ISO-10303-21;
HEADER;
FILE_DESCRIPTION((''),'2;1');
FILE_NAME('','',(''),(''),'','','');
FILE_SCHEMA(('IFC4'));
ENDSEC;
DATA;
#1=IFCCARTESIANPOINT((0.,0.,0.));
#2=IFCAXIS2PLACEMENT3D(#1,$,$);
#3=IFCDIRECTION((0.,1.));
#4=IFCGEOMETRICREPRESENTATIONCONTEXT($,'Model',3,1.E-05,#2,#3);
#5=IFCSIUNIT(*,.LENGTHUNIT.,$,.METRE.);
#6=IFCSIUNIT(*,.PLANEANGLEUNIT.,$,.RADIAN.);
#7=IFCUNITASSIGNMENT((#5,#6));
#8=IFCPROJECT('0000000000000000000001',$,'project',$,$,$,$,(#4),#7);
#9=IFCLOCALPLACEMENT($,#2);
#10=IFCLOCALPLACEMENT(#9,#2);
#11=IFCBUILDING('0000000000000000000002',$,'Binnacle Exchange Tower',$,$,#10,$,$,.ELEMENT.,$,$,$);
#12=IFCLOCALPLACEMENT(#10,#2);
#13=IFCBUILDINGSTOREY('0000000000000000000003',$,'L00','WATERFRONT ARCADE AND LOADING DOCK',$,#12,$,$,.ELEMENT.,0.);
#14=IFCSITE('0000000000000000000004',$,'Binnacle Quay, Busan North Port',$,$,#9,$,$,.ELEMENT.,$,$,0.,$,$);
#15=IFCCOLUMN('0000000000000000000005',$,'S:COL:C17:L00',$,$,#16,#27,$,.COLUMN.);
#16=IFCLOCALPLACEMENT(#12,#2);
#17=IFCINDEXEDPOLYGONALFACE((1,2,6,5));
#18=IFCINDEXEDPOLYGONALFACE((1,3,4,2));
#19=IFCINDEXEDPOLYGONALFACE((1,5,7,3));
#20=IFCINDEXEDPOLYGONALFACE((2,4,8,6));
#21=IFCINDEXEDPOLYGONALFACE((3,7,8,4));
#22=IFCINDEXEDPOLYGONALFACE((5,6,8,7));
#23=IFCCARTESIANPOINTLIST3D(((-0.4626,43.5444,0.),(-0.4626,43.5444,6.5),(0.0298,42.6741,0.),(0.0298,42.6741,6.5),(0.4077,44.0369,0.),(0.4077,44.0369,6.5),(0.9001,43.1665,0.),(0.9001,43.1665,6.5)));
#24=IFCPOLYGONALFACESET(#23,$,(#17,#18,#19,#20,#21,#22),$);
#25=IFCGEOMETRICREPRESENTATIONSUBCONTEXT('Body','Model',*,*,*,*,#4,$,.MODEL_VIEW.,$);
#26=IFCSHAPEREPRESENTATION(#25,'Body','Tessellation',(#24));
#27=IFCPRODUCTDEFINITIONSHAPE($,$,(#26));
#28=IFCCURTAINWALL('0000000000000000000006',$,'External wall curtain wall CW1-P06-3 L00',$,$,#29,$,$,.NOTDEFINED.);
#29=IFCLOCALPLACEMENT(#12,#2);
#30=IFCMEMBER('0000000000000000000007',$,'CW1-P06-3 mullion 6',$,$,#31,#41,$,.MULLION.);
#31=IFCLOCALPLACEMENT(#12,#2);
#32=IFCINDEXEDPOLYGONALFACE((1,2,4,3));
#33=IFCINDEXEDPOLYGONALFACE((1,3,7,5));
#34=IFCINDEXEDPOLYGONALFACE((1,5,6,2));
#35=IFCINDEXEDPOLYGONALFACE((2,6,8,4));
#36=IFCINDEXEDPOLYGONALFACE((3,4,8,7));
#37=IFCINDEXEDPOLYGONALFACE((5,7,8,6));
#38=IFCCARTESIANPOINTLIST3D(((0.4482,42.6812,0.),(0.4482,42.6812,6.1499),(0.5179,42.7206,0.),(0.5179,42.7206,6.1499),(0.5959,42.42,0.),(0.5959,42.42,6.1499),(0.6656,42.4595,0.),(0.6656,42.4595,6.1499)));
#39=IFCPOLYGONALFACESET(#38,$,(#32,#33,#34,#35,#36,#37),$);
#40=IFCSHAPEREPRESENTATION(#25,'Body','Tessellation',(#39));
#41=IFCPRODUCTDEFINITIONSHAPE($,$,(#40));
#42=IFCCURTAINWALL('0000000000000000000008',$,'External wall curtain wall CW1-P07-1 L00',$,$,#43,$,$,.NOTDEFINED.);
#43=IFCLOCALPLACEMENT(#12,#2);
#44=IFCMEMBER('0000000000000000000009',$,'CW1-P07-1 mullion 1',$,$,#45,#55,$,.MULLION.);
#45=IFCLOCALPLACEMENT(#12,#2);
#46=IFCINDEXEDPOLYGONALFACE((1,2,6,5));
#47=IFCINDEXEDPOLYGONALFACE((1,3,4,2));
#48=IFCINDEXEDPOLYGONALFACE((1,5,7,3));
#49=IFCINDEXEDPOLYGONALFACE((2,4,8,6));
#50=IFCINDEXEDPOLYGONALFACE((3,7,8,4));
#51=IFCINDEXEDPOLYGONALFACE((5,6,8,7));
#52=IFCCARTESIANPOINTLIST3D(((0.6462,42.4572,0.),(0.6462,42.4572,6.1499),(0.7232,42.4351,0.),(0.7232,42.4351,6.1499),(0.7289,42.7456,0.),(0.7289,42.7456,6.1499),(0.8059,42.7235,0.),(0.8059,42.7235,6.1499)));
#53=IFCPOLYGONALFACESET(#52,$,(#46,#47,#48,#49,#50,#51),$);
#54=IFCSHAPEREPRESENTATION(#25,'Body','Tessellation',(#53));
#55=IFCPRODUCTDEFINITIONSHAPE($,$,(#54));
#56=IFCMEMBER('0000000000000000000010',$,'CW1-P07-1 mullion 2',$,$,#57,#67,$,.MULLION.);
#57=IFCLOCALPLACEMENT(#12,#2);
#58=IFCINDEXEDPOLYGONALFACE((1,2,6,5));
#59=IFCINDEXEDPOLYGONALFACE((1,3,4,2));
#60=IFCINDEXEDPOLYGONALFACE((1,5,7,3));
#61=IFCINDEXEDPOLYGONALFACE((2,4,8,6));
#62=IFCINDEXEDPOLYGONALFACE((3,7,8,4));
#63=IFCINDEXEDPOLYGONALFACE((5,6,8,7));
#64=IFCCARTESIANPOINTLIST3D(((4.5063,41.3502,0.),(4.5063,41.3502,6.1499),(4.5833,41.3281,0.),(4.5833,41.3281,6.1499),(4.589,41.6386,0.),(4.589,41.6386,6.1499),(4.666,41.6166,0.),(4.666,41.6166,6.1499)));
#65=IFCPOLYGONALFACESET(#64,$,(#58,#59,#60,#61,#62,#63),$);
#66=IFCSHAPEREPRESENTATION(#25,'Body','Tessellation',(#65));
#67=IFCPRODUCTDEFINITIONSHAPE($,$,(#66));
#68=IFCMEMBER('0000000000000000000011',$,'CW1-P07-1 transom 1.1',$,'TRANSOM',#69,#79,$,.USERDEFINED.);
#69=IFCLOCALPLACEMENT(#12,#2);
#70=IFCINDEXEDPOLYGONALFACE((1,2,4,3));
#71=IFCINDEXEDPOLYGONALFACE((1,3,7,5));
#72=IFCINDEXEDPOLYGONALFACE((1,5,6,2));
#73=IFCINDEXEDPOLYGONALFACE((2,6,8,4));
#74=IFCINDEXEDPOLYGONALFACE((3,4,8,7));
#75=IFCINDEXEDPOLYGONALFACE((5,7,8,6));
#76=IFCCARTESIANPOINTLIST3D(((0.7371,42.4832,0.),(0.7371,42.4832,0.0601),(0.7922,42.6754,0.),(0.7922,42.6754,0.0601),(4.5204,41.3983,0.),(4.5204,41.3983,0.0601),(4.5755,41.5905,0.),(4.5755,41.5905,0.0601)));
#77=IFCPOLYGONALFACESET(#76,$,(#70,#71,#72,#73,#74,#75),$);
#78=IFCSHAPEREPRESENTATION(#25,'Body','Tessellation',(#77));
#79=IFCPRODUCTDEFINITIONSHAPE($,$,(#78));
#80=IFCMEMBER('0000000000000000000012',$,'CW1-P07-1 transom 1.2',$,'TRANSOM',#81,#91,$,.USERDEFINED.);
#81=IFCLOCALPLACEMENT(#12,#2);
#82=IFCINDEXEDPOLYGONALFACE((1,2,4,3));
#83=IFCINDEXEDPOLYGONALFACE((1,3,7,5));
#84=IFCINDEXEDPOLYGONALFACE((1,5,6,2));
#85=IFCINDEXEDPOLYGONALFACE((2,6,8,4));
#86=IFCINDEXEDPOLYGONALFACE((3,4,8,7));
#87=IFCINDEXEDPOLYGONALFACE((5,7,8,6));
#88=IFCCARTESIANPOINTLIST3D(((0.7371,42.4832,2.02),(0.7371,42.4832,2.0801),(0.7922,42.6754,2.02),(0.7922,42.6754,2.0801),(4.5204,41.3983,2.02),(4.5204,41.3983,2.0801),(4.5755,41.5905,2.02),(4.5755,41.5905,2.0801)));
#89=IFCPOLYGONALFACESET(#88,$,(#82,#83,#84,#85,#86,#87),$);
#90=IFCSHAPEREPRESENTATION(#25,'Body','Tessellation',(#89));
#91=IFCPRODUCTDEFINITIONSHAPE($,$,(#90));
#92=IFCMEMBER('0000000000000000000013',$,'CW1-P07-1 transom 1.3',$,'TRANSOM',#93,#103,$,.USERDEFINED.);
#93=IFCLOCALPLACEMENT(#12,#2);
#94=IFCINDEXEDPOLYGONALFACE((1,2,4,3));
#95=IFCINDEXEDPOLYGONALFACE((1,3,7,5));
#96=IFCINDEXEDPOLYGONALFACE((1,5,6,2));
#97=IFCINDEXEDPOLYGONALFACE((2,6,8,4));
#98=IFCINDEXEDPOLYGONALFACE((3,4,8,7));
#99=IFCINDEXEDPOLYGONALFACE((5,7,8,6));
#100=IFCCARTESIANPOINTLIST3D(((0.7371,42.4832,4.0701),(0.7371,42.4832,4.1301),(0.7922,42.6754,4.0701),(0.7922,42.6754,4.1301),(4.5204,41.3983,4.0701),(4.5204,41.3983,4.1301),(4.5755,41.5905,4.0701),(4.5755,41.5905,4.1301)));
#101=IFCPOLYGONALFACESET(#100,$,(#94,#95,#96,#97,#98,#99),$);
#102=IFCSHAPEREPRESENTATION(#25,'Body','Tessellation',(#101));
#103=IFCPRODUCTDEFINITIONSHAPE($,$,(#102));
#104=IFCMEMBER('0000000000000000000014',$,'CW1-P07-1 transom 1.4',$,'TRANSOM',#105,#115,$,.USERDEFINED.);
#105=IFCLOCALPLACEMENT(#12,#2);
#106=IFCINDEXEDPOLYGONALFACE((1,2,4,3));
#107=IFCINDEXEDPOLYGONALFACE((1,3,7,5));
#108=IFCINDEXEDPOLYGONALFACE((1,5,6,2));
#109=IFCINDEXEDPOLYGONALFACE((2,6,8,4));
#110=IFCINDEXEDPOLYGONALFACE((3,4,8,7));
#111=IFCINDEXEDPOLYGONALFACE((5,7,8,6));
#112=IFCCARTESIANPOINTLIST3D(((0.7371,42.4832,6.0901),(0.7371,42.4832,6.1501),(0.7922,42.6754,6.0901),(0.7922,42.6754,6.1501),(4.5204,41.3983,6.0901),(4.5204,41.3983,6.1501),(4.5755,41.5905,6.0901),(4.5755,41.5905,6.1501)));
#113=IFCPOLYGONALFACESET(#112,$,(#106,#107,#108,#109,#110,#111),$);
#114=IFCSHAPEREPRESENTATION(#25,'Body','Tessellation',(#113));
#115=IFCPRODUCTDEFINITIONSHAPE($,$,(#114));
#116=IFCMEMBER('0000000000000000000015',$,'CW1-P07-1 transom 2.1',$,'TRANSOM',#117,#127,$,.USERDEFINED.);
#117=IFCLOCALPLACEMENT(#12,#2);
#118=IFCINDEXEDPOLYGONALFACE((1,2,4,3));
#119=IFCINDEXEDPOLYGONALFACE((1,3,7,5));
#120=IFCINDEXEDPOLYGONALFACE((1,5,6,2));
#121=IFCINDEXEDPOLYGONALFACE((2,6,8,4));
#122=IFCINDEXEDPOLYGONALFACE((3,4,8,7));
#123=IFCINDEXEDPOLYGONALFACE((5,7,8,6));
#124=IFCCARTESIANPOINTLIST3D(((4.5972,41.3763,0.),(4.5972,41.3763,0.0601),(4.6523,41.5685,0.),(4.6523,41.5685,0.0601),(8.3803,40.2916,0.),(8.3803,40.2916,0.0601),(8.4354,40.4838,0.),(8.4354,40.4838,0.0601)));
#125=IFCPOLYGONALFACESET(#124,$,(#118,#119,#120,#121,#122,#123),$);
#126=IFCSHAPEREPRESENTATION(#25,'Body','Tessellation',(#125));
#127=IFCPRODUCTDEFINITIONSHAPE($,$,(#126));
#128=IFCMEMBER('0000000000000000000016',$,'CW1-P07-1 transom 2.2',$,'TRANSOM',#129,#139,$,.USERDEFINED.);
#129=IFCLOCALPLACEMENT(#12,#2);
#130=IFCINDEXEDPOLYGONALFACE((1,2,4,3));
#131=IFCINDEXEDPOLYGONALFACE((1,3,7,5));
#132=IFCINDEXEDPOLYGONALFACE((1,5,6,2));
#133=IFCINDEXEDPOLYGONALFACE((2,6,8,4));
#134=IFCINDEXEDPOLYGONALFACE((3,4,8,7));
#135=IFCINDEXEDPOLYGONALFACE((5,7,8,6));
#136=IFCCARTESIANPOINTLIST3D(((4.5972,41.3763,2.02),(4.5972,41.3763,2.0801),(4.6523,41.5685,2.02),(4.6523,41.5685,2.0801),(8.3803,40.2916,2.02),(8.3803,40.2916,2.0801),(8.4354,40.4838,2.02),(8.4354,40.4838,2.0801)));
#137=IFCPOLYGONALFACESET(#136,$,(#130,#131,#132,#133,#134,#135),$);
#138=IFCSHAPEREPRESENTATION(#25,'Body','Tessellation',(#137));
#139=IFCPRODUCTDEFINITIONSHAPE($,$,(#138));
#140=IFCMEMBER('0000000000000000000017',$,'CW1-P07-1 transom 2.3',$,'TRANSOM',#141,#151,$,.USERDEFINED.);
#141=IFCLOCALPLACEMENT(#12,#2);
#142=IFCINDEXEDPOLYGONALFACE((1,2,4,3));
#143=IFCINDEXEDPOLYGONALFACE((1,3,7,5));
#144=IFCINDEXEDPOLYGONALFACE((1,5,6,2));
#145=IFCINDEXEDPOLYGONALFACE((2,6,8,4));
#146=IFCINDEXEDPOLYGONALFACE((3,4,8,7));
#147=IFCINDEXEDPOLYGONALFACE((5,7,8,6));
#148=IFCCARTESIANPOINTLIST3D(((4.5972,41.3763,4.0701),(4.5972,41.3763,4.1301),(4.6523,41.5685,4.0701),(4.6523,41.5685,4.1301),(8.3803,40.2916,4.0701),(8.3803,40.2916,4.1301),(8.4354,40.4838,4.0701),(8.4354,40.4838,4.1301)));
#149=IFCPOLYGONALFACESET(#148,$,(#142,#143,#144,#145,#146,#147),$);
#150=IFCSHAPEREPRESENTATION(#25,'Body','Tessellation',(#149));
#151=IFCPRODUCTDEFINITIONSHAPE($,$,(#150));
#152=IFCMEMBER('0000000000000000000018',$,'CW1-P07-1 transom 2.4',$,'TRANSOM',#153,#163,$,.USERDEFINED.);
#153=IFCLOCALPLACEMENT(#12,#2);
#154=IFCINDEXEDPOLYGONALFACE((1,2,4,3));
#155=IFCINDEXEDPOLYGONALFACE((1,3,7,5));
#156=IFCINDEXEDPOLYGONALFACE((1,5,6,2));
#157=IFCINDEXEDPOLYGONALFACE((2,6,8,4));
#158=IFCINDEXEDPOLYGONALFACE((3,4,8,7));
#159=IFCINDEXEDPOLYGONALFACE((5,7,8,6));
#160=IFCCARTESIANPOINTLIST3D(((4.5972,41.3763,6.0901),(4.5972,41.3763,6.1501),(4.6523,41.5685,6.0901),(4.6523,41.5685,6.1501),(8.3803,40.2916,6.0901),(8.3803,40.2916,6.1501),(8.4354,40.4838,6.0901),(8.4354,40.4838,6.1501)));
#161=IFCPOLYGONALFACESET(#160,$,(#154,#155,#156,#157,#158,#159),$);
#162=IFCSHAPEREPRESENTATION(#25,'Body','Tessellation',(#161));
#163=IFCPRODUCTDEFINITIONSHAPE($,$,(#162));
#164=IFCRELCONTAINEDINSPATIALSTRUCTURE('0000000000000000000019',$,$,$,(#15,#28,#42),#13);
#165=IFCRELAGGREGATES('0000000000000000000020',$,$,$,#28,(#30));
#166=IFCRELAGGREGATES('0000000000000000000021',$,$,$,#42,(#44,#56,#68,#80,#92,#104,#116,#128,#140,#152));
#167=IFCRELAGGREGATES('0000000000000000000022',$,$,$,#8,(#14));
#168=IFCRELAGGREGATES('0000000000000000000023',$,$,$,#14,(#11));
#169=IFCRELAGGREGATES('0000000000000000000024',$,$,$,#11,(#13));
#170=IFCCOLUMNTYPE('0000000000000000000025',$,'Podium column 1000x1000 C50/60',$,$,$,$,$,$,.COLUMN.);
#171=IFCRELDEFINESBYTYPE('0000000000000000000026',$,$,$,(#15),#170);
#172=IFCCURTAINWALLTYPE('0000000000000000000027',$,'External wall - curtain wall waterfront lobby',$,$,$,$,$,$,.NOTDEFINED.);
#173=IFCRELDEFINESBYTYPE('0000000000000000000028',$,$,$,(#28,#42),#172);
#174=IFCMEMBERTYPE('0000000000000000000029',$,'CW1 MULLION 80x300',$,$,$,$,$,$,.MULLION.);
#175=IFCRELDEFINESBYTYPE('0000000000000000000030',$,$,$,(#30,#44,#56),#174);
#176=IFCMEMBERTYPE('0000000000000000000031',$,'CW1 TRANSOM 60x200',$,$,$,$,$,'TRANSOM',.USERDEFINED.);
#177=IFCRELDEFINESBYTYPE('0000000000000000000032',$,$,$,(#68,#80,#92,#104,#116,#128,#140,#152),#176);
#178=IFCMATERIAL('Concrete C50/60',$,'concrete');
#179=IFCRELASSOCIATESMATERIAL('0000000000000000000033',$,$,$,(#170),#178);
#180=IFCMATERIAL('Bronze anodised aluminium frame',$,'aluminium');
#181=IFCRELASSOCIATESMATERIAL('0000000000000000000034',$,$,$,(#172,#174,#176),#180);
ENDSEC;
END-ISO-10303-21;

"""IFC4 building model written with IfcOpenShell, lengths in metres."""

from ifc_helpers import new_model, si_unit, direction, frame, origin, origin_2d, place, context, subcontext, project, spatial, rectangle, extrude, material, material_profile, profile_set, type_object, element, aggregate, save


model = new_model("IFC4")

# Units and contexts
model_context = context("Model", 3, precision=1e-05, world=origin(), true_north=direction((0.0, 1.0)))
body_context = subcontext(model_context, "Body", "Model", "MODEL_VIEW")
ifc_project = project(units=[si_unit("LENGTHUNIT", "METRE"), si_unit("PLANEANGLEUNIT", "RADIAN")], contexts=[model_context])

# Site, building, storey
site_placement = place(None, origin())
site = spatial("IfcSite", under=ifc_project, at=site_placement, Name="Binnacle Quay, Busan North Port", CompositionType="ELEMENT", RefElevation=0.0)
building_placement = place(site_placement, origin())
building = spatial("IfcBuilding", under=site, at=building_placement, Name="Binnacle Exchange Tower", CompositionType="ELEMENT")
storey_placement = place(building_placement, origin())
storey = spatial("IfcBuildingStorey", under=building, at=storey_placement, Name="L00", Description="WATERFRONT ARCADE AND LOADING DOCK", CompositionType="ELEMENT", Elevation=0.0)

# Column
ifc_material_1 = material(Name="Concrete C50/60", Category="concrete")
ifc_material_profile_1 = material_profile(ifc_material_1, rectangle(XDim=1.0, YDim=1.0, at=origin_2d()), Name="Podium column 1000x1000 C50/60")
ifc_profile_set_1 = profile_set([ifc_material_profile_1], Name="Concrete C50/60")
column_type = type_object("IfcColumnType", Name="Podium column 1000x1000 C50/60", PredefinedType="COLUMN", material=ifc_profile_set_1)
column_placement = place(storey_placement, frame((0.2188, 43.3555, 0.0), z_axis=(0.0, 0.0, 1.0), x_axis=(0.870356, 0.492424, 0.0)))
element("IfcColumn", 1, at=column_placement, inside=storey, type_object=column_type, Name="S:COL:C17:L00", PredefinedType="COLUMN", context=body_context, shape_type="SweptSolid", body=[
    extrude(rectangle(XDim=1.0, YDim=1.0, at=origin_2d()), origin(), (0.0, 0.0, 1.0), 6.5),
])

# Curtain wall, member
ifc_material_2 = material(Name="Bronze anodised aluminium frame", Category="aluminium")
curtain_wall_type = type_object("IfcCurtainWallType", Name="External wall - curtain wall waterfront lobby", PredefinedType="NOTDEFINED", material=ifc_material_2)
curtain_wall_1_placement = place(storey_placement, origin())
curtain_wall_1 = element("IfcCurtainWall", 2, at=curtain_wall_1_placement, inside=storey, type_object=curtain_wall_type, Name="External wall curtain wall CW1-P06-3 L00", PredefinedType="NOTDEFINED")
ifc_material_profile_2 = material_profile(ifc_material_2, rectangle(XDim=0.3, YDim=0.0801, at=origin_2d()), Name="AL 80x300")
ifc_profile_set_2 = profile_set([ifc_material_profile_2], Name="Bronze anodised aluminium frame")
member_type_1 = type_object("IfcMemberType", Name="CW1 MULLION 80x300", PredefinedType="MULLION", material=ifc_profile_set_2)
member_1_placement = place(storey_placement, frame((0.5569, 42.5703, 0.0), z_axis=(0.0, 0.0, 1.0), x_axis=(-0.492424, 0.870356, 0.0)))
member_1 = element("IfcMember", 3, at=member_1_placement, type_object=member_type_1, Name="CW1-P06-3 mullion 6", PredefinedType="MULLION", context=body_context, shape_type="SweptSolid", body=[
    extrude(rectangle(XDim=0.3, YDim=0.0801, at=origin_2d()), origin(), (0.0, 0.0, 1.0), 6.1499),
])
aggregate(curtain_wall_1, [member_1])

# Curtain wall, members
curtain_wall_2_placement = place(storey_placement, origin())
curtain_wall_2 = element("IfcCurtainWall", 4, at=curtain_wall_2_placement, inside=storey, type_object=curtain_wall_type, Name="External wall curtain wall CW1-P07-1 L00", PredefinedType="NOTDEFINED")
member_2_placement = place(storey_placement, frame((0.7261, 42.5903, 0.0), z_axis=(0.0, 0.0, 1.0), x_axis=(0.275637, 0.961262, 0.0)))
member_2 = element("IfcMember", 5, at=member_2_placement, type_object=member_type_1, Name="CW1-P07-1 mullion 1", PredefinedType="MULLION", context=body_context, shape_type="SweptSolid", body=[
    extrude(rectangle(XDim=0.3, YDim=0.0801, at=origin_2d()), origin(), (0.0, 0.0, 1.0), 6.1499),
])
member_3_placement = place(storey_placement, frame((4.5862, 41.4834, 0.0), z_axis=(0.0, 0.0, 1.0), x_axis=(0.275637, 0.961262, 0.0)))
member_3 = element("IfcMember", 6, at=member_3_placement, type_object=member_type_1, Name="CW1-P07-1 mullion 2", PredefinedType="MULLION", context=body_context, shape_type="SweptSolid", body=[
    extrude(rectangle(XDim=0.3, YDim=0.0801, at=origin_2d()), origin(), (0.0, 0.0, 1.0), 6.1499),
])
ifc_material_profile_3 = material_profile(ifc_material_2, rectangle(XDim=0.2, YDim=0.0601, at=origin_2d()), Name="AL 200x60")
ifc_profile_set_3 = profile_set([ifc_material_profile_3], Name="Bronze anodised aluminium frame")
member_type_2 = type_object("IfcMemberType", Name="CW1 TRANSOM 60x200", ElementType="TRANSOM", PredefinedType="USERDEFINED", material=ifc_profile_set_3)
member_4_placement = place(storey_placement, frame((0.7646, 42.5793, 0.03), z_axis=(0.961252, -0.275671, 0.0), x_axis=(0.275671, 0.961252, 0.0)))
member_4 = element("IfcMember", 7, at=member_4_placement, type_object=member_type_2, Name="CW1-P07-1 transom 1.1", ObjectType="TRANSOM", PredefinedType="USERDEFINED", context=body_context, shape_type="SweptSolid", body=[
    extrude(rectangle(XDim=0.2, YDim=0.0601, at=origin_2d()), origin(), (0.0, 0.0, 1.0), 3.9358),
])
member_5_placement = place(storey_placement, frame((0.7646, 42.5793, 2.05), z_axis=(0.961252, -0.275671, 0.0), x_axis=(0.275671, 0.961252, 0.0)))
member_5 = element("IfcMember", 8, at=member_5_placement, type_object=member_type_2, Name="CW1-P07-1 transom 1.2", ObjectType="TRANSOM", PredefinedType="USERDEFINED", context=body_context, shape_type="SweptSolid", body=[
    extrude(rectangle(XDim=0.2, YDim=0.0601, at=origin_2d()), origin(), (0.0, 0.0, 1.0), 3.9358),
])
member_6_placement = place(storey_placement, frame((0.7646, 42.5793, 4.1001), z_axis=(0.961252, -0.275671, 0.0), x_axis=(0.275671, 0.961252, 0.0)))
member_6 = element("IfcMember", 9, at=member_6_placement, type_object=member_type_2, Name="CW1-P07-1 transom 1.3", ObjectType="TRANSOM", PredefinedType="USERDEFINED", context=body_context, shape_type="SweptSolid", body=[
    extrude(rectangle(XDim=0.2, YDim=0.0601, at=origin_2d()), origin(), (0.0, 0.0, 1.0), 3.9358),
])
member_7_placement = place(storey_placement, frame((0.7646, 42.5793, 6.1201), z_axis=(0.961252, -0.275671, 0.0), x_axis=(0.275671, 0.961252, 0.0)))
member_7 = element("IfcMember", 10, at=member_7_placement, type_object=member_type_2, Name="CW1-P07-1 transom 1.4", ObjectType="TRANSOM", PredefinedType="USERDEFINED", context=body_context, shape_type="SweptSolid", body=[
    extrude(rectangle(XDim=0.2, YDim=0.0601, at=origin_2d()), origin(), (0.0, 0.0, 1.0), 3.9358),
])
member_8_placement = place(storey_placement, frame((4.6248, 41.4724, 0.03), z_axis=(0.961268, -0.275614, 0.0), x_axis=(0.275614, 0.961268, 0.0)))
member_8 = element("IfcMember", 11, at=member_8_placement, type_object=member_type_2, Name="CW1-P07-1 transom 2.1", ObjectType="TRANSOM", PredefinedType="USERDEFINED", context=body_context, shape_type="SweptSolid", body=[
    extrude(rectangle(XDim=0.2, YDim=0.0601, at=origin_2d()), origin(), (0.0, 0.0, 1.0), 3.9355),
])
member_9_placement = place(storey_placement, frame((4.6248, 41.4724, 2.05), z_axis=(0.961268, -0.275614, 0.0), x_axis=(0.275614, 0.961268, 0.0)))
member_9 = element("IfcMember", 12, at=member_9_placement, type_object=member_type_2, Name="CW1-P07-1 transom 2.2", ObjectType="TRANSOM", PredefinedType="USERDEFINED", context=body_context, shape_type="SweptSolid", body=[
    extrude(rectangle(XDim=0.2, YDim=0.0601, at=origin_2d()), origin(), (0.0, 0.0, 1.0), 3.9355),
])
member_10_placement = place(storey_placement, frame((4.6248, 41.4724, 4.1001), z_axis=(0.961268, -0.275614, 0.0), x_axis=(0.275614, 0.961268, 0.0)))
member_10 = element("IfcMember", 13, at=member_10_placement, type_object=member_type_2, Name="CW1-P07-1 transom 2.3", ObjectType="TRANSOM", PredefinedType="USERDEFINED", context=body_context, shape_type="SweptSolid", body=[
    extrude(rectangle(XDim=0.2, YDim=0.0601, at=origin_2d()), origin(), (0.0, 0.0, 1.0), 3.9355),
])
member_11_placement = place(storey_placement, frame((4.6248, 41.4724, 6.1201), z_axis=(0.961268, -0.275614, 0.0), x_axis=(0.275614, 0.961268, 0.0)))
member_11 = element("IfcMember", 14, at=member_11_placement, type_object=member_type_2, Name="CW1-P07-1 transom 2.4", ObjectType="TRANSOM", PredefinedType="USERDEFINED", context=body_context, shape_type="SweptSolid", body=[
    extrude(rectangle(XDim=0.2, YDim=0.0601, at=origin_2d()), origin(), (0.0, 0.0, 1.0), 3.9355),
])

aggregate(curtain_wall_2, [member_2, member_3, member_4, member_5, member_6, member_7, member_8, member_9, member_10, member_11])

save(model, "model.ifc")
